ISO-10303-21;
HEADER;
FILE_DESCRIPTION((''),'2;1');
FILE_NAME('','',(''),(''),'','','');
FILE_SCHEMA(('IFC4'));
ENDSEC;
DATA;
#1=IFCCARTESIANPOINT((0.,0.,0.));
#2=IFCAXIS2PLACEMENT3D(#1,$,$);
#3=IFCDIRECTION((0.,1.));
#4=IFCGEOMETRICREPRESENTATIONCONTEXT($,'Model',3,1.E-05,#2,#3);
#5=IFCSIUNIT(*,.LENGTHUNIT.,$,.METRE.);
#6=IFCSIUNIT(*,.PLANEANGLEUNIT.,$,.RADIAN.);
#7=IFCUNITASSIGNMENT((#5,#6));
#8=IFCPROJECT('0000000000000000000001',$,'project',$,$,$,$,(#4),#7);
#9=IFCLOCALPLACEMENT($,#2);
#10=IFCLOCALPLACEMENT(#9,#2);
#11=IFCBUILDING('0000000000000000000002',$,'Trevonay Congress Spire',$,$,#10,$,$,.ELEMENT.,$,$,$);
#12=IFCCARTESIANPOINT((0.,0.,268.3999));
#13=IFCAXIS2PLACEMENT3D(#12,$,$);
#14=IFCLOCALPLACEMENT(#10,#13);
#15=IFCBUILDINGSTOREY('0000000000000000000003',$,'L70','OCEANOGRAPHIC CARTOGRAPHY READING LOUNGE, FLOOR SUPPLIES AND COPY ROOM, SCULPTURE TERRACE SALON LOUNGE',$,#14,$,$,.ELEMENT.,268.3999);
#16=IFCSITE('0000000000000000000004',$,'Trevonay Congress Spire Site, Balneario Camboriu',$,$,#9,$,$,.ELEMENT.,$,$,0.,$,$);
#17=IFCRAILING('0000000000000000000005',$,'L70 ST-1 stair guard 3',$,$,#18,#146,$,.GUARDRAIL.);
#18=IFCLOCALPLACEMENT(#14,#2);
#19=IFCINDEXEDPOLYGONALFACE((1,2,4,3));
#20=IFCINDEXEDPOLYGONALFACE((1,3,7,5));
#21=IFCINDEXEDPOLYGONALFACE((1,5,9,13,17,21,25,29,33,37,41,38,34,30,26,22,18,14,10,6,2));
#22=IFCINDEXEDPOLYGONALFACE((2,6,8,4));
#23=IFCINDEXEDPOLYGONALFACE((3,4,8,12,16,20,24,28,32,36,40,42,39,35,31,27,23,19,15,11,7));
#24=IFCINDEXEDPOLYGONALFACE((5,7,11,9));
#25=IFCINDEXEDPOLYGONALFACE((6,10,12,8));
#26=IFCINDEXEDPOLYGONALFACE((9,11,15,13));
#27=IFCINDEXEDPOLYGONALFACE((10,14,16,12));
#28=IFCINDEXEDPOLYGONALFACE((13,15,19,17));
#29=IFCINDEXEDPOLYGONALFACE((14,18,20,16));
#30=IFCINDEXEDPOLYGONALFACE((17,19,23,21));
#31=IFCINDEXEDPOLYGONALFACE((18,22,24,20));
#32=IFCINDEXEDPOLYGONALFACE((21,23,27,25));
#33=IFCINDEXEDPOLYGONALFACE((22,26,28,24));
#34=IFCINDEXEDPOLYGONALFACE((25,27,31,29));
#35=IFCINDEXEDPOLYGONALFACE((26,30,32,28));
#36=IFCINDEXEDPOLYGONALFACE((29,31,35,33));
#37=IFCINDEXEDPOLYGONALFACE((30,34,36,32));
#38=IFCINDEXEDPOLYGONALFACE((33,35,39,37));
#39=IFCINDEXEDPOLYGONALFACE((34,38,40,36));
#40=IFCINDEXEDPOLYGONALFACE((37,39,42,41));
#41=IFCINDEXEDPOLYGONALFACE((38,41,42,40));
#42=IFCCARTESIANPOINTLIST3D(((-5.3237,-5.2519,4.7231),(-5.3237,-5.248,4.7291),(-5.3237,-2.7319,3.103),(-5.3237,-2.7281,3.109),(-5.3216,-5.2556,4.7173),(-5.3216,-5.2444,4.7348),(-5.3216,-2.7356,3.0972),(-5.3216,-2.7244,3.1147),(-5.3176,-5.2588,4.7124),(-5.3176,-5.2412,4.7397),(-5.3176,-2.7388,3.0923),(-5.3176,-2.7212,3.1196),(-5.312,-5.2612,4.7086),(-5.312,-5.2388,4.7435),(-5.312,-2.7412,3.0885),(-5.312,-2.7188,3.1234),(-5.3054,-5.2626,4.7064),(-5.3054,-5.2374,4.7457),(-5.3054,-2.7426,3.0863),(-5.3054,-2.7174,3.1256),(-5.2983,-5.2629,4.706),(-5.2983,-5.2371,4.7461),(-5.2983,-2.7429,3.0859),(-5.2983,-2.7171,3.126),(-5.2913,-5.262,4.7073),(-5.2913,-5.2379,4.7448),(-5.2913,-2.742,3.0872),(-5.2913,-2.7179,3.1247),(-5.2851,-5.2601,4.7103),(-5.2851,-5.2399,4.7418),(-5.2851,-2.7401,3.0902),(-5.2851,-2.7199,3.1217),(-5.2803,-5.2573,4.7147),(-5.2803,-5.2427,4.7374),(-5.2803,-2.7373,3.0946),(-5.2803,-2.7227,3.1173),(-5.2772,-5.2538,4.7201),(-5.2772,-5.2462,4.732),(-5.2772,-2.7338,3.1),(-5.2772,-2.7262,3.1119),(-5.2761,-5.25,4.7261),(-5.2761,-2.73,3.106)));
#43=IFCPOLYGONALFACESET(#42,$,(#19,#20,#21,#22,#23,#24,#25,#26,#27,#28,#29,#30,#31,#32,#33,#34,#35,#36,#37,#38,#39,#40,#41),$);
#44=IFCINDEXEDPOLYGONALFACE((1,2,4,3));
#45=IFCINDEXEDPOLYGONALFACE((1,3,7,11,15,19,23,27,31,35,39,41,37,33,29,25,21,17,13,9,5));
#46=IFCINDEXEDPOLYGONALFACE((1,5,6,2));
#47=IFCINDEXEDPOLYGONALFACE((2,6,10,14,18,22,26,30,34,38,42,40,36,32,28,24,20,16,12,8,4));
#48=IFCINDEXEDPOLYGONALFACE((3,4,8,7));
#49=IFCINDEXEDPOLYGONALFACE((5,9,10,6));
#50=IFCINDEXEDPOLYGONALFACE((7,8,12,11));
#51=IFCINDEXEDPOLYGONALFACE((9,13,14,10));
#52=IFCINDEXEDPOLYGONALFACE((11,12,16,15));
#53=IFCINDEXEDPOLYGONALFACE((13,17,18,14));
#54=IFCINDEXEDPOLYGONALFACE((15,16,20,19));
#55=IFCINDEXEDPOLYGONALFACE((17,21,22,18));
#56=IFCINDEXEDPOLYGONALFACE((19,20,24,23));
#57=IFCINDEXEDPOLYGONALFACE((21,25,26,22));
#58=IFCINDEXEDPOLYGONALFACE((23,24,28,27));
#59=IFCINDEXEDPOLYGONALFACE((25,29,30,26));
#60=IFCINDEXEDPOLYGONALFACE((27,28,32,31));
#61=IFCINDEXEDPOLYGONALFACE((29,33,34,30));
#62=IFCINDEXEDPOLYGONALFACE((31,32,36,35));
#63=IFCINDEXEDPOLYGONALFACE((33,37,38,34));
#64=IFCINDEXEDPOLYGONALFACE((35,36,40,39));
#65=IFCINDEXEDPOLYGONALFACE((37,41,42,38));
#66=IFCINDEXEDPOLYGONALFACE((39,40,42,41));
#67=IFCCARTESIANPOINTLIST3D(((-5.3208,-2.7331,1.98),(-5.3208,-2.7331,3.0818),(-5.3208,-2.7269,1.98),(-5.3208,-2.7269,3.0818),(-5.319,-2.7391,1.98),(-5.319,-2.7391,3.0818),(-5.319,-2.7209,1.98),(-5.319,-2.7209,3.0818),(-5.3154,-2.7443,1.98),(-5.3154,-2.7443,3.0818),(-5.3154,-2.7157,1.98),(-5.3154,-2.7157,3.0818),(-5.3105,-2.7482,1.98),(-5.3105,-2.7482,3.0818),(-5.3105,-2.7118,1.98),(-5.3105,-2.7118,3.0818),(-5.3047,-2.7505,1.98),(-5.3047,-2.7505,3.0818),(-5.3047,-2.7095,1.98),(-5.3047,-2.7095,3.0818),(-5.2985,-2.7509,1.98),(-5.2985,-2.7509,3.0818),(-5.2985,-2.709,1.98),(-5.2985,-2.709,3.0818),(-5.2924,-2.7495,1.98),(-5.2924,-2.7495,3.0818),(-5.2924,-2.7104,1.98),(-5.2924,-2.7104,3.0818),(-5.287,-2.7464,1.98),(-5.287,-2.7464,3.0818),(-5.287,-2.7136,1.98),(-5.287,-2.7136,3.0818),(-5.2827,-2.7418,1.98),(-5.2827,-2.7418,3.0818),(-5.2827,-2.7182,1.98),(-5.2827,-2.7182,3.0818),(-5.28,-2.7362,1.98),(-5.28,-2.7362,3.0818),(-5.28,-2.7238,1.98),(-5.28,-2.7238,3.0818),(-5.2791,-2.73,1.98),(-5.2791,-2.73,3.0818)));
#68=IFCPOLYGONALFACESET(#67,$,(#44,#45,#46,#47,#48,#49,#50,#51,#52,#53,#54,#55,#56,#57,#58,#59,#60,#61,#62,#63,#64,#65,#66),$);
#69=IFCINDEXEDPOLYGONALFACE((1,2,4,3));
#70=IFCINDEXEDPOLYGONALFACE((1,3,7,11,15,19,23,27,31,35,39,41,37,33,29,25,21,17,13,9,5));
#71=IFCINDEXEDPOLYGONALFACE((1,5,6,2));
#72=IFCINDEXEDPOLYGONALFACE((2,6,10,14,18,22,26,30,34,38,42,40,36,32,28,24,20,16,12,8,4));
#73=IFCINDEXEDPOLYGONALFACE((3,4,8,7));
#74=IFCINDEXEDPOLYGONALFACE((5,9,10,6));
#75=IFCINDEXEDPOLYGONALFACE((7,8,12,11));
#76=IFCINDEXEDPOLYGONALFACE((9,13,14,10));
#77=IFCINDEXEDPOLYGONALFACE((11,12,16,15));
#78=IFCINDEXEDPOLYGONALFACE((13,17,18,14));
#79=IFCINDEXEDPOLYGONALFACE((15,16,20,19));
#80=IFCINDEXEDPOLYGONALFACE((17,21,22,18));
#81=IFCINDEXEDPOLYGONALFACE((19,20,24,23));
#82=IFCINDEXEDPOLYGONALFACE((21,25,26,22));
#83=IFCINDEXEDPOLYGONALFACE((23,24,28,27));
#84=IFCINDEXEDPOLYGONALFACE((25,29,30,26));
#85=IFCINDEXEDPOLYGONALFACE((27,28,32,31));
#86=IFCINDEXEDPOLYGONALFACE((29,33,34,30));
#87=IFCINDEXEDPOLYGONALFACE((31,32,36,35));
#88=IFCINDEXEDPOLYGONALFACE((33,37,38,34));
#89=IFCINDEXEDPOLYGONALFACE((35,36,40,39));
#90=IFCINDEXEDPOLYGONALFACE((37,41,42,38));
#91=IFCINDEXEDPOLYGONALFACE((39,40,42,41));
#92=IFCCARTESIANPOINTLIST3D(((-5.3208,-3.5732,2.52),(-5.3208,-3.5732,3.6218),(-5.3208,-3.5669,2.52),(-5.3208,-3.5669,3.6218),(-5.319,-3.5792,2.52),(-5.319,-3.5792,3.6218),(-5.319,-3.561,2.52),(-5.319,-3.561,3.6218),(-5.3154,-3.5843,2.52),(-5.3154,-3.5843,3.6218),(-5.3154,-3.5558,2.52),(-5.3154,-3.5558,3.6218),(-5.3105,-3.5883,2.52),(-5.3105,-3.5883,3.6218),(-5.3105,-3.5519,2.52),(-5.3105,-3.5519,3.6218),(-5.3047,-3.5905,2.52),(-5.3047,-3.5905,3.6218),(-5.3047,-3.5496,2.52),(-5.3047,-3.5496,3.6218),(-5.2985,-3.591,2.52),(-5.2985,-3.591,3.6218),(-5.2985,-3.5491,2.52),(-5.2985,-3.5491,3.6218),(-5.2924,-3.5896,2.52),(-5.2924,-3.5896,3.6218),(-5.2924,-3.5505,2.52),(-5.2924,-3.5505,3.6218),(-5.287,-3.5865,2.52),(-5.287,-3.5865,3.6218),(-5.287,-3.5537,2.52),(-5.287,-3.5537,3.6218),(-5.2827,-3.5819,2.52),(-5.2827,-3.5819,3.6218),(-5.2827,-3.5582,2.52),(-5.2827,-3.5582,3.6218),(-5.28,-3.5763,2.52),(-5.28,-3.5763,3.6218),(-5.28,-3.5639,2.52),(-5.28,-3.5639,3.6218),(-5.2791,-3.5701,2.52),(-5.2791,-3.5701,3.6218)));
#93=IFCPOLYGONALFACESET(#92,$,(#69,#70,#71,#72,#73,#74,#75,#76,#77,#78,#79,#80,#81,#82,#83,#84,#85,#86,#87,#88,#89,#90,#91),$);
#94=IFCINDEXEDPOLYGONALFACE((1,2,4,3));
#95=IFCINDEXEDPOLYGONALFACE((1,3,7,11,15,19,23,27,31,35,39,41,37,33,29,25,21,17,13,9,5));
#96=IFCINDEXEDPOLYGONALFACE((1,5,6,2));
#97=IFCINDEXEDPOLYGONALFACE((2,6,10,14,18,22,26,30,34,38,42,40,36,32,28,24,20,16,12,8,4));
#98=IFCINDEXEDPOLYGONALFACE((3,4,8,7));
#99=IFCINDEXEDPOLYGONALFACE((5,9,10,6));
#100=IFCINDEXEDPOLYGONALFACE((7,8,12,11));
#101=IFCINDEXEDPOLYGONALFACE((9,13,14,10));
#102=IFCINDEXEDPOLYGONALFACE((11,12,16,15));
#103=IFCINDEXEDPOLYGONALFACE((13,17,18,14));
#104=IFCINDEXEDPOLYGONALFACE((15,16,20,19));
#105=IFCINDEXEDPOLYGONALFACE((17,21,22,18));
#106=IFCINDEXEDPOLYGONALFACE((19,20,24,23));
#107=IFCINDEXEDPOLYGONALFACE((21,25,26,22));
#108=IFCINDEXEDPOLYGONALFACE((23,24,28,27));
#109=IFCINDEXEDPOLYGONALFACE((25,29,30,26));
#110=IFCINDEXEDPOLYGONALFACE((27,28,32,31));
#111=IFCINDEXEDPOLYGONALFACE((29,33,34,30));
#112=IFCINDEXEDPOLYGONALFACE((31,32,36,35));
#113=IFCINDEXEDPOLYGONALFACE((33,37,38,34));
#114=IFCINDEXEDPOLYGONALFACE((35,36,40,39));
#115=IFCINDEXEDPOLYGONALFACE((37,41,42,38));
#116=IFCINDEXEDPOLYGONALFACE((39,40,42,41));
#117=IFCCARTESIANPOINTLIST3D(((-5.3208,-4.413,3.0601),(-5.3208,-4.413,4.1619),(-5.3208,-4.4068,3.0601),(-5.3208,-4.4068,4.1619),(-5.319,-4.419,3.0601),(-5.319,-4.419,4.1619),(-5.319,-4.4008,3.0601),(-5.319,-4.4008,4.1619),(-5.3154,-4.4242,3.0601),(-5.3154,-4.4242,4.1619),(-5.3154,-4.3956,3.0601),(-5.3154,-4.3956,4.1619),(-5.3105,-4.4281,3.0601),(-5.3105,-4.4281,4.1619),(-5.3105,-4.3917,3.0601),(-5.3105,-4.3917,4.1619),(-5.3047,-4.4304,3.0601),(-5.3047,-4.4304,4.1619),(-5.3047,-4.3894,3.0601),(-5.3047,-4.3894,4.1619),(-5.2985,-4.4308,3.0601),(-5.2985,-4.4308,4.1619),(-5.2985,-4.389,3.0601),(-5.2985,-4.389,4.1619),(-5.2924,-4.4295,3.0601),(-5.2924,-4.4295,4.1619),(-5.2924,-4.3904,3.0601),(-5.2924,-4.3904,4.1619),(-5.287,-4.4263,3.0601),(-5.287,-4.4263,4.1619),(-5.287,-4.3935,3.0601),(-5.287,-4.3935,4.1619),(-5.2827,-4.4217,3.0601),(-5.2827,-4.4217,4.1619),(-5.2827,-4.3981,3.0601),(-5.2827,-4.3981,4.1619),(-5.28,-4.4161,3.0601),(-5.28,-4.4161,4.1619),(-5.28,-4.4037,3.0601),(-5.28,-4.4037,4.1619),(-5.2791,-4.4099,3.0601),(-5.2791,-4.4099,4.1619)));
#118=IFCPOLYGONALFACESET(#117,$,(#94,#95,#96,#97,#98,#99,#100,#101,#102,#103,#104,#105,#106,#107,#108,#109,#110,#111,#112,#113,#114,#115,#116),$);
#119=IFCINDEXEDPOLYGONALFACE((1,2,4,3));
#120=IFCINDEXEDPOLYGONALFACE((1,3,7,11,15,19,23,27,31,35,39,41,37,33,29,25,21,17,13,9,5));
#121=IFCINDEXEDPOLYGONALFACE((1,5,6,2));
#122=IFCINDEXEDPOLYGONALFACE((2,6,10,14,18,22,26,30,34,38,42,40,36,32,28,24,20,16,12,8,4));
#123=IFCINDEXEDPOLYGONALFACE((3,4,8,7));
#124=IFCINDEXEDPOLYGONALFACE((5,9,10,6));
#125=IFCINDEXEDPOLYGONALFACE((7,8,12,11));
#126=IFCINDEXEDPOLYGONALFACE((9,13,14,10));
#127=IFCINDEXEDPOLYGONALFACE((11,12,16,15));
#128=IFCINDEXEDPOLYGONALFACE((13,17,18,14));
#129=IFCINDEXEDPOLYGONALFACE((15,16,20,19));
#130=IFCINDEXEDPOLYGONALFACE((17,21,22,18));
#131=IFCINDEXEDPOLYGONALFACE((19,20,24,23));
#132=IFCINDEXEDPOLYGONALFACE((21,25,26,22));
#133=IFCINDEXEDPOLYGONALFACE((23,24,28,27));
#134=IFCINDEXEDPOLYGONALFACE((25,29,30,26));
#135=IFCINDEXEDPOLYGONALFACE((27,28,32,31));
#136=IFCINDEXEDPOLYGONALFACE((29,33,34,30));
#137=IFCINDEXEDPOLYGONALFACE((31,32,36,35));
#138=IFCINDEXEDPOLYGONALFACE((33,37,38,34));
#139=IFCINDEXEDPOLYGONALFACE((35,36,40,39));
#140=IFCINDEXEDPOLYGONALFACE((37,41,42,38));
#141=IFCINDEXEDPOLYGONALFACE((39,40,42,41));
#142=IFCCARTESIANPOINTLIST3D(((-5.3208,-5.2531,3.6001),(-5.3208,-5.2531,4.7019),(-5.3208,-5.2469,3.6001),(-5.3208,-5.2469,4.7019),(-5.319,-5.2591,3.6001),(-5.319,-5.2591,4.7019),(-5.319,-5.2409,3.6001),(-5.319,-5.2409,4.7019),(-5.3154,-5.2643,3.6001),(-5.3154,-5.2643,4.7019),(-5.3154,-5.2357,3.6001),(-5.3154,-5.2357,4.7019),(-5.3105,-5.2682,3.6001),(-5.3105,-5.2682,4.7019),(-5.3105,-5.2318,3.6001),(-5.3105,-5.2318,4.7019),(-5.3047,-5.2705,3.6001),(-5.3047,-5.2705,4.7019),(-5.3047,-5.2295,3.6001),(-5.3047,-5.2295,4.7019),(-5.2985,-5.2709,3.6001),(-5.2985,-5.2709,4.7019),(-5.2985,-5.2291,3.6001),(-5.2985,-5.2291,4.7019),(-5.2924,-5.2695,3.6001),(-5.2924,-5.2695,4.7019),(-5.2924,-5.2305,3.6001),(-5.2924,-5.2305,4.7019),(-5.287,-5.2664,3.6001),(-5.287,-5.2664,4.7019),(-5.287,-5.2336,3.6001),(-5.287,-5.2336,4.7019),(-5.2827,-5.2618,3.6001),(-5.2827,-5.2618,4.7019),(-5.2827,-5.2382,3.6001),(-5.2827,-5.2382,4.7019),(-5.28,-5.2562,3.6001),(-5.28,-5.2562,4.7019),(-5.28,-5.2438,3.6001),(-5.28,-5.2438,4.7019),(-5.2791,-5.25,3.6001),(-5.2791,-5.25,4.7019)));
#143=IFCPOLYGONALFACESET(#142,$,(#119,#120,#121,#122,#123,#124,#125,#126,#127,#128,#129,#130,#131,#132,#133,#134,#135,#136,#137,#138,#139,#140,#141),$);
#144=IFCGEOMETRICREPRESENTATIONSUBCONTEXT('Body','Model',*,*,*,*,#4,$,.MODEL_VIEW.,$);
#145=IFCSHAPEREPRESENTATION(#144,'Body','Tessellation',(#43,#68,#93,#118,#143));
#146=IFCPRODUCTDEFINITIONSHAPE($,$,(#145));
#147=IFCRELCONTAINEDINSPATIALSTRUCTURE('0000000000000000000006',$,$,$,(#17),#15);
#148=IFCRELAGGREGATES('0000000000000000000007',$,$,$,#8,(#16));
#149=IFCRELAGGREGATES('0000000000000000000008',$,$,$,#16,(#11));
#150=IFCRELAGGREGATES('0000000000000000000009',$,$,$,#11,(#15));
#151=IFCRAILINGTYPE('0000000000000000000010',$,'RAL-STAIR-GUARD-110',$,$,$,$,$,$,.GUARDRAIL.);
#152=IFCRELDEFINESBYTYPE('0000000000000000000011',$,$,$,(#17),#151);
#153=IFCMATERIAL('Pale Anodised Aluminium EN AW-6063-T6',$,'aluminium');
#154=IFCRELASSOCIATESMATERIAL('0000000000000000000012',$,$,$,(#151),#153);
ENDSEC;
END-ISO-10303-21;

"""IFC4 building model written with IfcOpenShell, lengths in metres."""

from ifc_helpers import new_model, si_unit, direction, frame, origin, origin_2d, place, context, subcontext, project, spatial, circle, extrude, material, type_object, element, save


model = new_model("IFC4")

# Units and contexts
model_context = context("Model", 3, precision=1e-05, world=origin(), true_north=direction((0.0, 1.0)))
body_context = subcontext(model_context, "Body", "Model", "MODEL_VIEW")
ifc_project = project(units=[si_unit("LENGTHUNIT", "METRE"), si_unit("PLANEANGLEUNIT", "RADIAN")], contexts=[model_context])

# Site, building, storey
site_placement = place(None, origin())
site = spatial("IfcSite", under=ifc_project, at=site_placement, Name="Trevonay Congress Spire Site, Balneario Camboriu", CompositionType="ELEMENT", RefElevation=0.0)
building_placement = place(site_placement, origin())
building = spatial("IfcBuilding", under=site, at=building_placement, Name="Trevonay Congress Spire", CompositionType="ELEMENT")
storey_placement = place(building_placement, frame((0.0, 0.0, 268.3999)))
storey = spatial("IfcBuildingStorey", under=building, at=storey_placement, Name="L70", Description="OCEANOGRAPHIC CARTOGRAPHY READING LOUNGE, FLOOR SUPPLIES AND COPY ROOM, SCULPTURE TERRACE SALON LOUNGE", CompositionType="ELEMENT", Elevation=268.3999)

# Railing
ifc_material_1 = material(Name="Pale Anodised Aluminium EN AW-6063-T6", Category="aluminium")
railing_type_1 = type_object("IfcRailingType", Name="RAL-STAIR-GUARD-110", PredefinedType="GUARDRAIL", material=ifc_material_1)
railing_1_placement = place(storey_placement, frame((-5.3, -2.73, 1.98)))
element("IfcRailing", 1, at=railing_1_placement, inside=storey, type_object=railing_type_1, Name="L70 ST-1 stair guard 3", PredefinedType="GUARDRAIL", context=body_context, shape_type="SweptSolid", body=[
    extrude(circle(Radius=0.0239, at=origin_2d()), frame((0.0, 0.0, 1.126), z_axis=(0.0, -0.841163, 0.540782), x_axis=(1.0, 0.0, 0.0)), (0.0, 0.0, 1.0), 2.9958),
    extrude(circle(Radius=0.021, at=origin_2d()), origin(), (0.0, 0.0, 1.0), 1.1018),
    extrude(circle(Radius=0.021, at=origin_2d()), frame((0.0, -0.8401, 0.54)), (0.0, 0.0, 1.0), 1.1018),
    extrude(circle(Radius=0.021, at=origin_2d()), frame((0.0, -1.6799, 1.0801)), (0.0, 0.0, 1.0), 1.1018),
    extrude(circle(Radius=0.021, at=origin_2d()), frame((0.0, -2.52, 1.6201)), (0.0, 0.0, 1.0), 1.1018),
])

save(model, "model.ifc")
